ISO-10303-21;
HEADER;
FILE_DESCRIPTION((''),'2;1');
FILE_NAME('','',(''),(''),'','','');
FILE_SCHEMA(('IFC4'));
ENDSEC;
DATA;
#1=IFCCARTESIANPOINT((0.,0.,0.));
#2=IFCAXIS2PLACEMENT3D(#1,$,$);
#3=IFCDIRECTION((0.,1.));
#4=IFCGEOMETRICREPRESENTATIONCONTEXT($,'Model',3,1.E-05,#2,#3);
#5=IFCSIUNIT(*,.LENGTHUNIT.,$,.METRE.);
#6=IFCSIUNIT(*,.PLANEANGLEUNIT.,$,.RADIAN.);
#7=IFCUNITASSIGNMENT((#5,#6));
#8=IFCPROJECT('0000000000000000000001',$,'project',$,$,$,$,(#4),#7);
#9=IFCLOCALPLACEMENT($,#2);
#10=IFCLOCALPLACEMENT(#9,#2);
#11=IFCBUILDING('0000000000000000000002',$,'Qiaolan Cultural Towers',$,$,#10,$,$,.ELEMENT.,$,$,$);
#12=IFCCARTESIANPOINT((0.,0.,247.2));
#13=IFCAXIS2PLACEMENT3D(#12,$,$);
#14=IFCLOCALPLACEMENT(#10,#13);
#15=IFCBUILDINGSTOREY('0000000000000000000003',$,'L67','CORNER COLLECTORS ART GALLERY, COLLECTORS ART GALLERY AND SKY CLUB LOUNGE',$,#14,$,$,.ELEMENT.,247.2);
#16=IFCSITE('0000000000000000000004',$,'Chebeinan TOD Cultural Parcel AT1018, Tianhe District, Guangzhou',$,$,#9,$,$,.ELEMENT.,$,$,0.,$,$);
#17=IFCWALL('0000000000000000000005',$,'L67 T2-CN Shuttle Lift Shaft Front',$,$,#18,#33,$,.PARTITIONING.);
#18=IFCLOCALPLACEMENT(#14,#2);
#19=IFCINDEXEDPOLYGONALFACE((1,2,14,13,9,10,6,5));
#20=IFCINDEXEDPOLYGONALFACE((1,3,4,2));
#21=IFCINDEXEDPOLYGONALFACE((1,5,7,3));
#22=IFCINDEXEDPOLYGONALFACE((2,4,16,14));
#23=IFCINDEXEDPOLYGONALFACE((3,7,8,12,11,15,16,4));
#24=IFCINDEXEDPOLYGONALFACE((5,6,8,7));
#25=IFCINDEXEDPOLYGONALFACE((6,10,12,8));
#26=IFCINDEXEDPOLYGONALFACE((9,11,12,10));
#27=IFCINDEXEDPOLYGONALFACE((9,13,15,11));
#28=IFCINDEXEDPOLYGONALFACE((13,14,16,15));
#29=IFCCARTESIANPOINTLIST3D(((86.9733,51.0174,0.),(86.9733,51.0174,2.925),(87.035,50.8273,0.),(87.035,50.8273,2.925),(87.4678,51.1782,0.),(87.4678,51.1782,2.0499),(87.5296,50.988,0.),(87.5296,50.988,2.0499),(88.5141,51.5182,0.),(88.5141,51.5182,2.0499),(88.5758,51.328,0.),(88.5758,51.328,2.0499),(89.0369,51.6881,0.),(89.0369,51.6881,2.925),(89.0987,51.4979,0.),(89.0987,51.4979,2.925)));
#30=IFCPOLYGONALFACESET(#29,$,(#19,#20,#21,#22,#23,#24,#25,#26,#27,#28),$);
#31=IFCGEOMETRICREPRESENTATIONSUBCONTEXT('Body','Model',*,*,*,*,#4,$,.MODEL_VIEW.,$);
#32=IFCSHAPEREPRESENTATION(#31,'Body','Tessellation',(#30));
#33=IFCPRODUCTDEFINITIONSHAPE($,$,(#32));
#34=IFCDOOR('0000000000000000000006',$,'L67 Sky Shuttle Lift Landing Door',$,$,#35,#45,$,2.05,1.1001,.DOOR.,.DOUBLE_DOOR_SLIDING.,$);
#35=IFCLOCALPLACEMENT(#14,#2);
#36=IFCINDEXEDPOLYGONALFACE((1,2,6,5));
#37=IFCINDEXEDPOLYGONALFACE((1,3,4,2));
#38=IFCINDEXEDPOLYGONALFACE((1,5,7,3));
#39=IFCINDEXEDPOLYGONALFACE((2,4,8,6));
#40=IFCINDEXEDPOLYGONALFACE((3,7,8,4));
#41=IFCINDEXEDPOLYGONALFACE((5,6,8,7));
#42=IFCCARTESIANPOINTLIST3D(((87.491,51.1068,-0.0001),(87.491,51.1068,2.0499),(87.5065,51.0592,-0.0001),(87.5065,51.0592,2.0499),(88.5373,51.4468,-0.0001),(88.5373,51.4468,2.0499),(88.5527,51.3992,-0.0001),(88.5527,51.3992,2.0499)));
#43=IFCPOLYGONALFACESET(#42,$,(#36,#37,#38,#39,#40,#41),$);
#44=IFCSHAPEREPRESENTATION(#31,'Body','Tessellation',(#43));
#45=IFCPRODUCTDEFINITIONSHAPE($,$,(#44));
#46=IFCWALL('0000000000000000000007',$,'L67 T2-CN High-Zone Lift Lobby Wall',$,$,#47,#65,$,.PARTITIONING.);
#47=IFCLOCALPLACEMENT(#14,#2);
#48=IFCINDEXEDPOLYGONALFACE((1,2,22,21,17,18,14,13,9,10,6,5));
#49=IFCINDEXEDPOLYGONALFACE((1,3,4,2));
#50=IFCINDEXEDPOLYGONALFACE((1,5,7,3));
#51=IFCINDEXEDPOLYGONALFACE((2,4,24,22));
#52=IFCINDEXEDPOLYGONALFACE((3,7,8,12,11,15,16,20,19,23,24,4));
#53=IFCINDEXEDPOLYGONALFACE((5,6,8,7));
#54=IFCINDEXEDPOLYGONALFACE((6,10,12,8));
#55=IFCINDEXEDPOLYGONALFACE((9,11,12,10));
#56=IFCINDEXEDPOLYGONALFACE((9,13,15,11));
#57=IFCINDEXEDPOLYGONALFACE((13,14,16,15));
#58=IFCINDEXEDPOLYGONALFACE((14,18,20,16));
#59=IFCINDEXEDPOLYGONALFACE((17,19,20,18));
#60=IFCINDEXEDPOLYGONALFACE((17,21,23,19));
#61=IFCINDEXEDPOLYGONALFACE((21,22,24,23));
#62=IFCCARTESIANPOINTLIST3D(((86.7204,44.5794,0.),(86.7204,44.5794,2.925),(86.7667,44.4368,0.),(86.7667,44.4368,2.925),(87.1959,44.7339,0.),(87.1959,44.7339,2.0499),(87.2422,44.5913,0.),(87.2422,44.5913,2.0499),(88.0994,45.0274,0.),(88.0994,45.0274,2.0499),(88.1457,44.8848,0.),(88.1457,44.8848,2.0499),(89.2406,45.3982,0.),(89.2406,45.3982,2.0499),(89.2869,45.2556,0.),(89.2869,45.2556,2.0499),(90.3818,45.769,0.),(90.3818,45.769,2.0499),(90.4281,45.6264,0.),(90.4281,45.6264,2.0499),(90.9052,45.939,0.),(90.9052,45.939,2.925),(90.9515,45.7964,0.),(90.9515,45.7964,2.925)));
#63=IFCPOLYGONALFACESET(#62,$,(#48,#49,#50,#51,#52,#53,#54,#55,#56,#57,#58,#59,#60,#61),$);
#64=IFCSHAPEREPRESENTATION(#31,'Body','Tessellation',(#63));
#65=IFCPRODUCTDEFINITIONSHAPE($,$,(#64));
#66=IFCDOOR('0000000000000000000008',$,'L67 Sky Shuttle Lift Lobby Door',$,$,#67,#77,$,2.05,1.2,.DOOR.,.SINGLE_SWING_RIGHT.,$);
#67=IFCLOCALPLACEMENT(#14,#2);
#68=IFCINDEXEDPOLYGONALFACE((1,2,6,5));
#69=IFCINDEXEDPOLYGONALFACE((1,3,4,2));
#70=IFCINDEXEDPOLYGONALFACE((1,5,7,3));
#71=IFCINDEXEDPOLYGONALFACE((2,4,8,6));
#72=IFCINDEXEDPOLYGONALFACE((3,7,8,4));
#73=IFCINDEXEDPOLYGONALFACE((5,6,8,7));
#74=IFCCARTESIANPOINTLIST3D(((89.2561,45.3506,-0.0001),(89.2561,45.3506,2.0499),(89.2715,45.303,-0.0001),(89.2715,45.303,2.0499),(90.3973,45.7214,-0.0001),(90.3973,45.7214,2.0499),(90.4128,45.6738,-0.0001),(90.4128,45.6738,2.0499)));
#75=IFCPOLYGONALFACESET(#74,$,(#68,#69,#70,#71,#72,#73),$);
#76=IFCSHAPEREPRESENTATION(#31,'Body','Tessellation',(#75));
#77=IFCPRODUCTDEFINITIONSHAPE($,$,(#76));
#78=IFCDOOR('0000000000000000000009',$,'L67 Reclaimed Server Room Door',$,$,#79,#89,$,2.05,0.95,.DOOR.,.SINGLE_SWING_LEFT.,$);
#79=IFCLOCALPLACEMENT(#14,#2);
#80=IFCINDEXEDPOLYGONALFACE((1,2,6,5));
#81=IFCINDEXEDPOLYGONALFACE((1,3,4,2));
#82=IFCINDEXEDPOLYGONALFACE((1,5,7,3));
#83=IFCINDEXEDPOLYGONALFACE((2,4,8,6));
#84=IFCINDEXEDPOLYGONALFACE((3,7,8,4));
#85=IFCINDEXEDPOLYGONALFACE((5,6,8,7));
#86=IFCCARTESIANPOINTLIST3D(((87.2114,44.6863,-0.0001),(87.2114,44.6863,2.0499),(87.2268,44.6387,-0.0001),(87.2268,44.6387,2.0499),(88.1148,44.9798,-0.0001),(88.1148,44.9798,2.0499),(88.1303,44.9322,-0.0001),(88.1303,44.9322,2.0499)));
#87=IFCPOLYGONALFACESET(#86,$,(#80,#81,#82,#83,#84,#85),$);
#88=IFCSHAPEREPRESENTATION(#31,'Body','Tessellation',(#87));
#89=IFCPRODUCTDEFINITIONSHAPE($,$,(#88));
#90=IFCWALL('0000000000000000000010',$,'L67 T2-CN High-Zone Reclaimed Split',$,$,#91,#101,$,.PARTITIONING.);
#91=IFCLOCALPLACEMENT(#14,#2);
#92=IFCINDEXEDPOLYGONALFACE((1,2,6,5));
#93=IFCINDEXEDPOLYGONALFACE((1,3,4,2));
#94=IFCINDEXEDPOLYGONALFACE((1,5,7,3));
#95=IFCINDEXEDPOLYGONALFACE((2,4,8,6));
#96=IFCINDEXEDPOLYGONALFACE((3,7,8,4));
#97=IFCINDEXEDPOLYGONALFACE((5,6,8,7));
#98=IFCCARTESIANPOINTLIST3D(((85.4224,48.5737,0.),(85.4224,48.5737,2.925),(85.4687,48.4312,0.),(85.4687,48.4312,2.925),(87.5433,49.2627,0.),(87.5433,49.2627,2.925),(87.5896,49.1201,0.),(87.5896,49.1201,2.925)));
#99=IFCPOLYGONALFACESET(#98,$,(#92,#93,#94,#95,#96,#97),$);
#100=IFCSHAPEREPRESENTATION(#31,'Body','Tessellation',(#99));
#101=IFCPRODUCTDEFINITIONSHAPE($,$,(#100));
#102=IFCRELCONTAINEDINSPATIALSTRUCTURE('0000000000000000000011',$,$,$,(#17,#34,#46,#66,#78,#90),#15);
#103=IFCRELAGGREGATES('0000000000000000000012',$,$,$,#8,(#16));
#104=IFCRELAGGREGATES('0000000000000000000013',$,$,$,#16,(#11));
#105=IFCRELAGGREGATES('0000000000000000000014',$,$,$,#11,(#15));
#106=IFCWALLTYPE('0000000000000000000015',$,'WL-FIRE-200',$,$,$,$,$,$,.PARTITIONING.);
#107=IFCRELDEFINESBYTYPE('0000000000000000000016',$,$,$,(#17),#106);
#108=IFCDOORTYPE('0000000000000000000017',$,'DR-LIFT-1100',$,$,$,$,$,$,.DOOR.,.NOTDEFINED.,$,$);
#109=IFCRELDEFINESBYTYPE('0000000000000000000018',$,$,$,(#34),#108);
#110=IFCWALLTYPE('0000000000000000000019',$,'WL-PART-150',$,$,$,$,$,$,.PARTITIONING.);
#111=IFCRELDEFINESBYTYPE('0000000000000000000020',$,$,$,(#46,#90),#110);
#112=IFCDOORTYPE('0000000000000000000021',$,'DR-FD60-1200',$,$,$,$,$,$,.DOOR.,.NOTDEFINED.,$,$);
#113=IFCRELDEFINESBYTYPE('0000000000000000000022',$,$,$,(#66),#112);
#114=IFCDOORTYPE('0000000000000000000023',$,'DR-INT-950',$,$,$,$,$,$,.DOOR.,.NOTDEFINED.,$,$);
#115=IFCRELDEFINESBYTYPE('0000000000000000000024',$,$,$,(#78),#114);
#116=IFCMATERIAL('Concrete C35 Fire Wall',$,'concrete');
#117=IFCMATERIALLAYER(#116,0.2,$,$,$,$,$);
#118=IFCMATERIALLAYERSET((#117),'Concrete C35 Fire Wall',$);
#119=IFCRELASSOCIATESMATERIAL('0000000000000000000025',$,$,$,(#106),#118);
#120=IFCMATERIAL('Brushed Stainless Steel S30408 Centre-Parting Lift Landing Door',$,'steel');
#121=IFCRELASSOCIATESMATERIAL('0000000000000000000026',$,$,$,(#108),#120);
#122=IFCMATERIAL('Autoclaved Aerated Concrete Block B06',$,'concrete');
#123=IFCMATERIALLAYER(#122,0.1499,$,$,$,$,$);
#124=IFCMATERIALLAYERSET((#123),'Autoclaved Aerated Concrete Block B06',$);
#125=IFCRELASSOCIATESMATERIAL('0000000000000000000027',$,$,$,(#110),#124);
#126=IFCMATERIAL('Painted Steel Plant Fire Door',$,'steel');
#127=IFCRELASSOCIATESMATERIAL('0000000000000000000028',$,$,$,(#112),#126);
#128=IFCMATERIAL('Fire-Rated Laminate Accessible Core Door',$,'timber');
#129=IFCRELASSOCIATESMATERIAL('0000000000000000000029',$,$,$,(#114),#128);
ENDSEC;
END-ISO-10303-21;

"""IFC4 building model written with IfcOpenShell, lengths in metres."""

from ifc_helpers import new_model, si_unit, direction, frame, frame_2d, origin, place, context, subcontext, project, spatial, rectangle, extrude, material, layer, layer_set, type_object, element, fill, save


model = new_model("IFC4")

# Units and contexts
model_context = context("Model", 3, precision=1e-05, world=origin(), true_north=direction((0.0, 1.0)))
body_context = subcontext(model_context, "Body", "Model", "MODEL_VIEW")
ifc_project = project(units=[si_unit("LENGTHUNIT", "METRE"), si_unit("PLANEANGLEUNIT", "RADIAN")], contexts=[model_context])

# Site, building, storey
site_placement = place(None, origin())
site = spatial("IfcSite", under=ifc_project, at=site_placement, Name="Chebeinan TOD Cultural Parcel AT1018, Tianhe District, Guangzhou", CompositionType="ELEMENT", RefElevation=0.0)
building_placement = place(site_placement, origin())
building = spatial("IfcBuilding", under=site, at=building_placement, Name="Qiaolan Cultural Towers", CompositionType="ELEMENT")
storey_placement = place(building_placement, frame((0.0, 0.0, 247.2)))
storey = spatial("IfcBuildingStorey", under=building, at=storey_placement, Name="L67", Description="CORNER COLLECTORS ART GALLERY, COLLECTORS ART GALLERY AND SKY CLUB LOUNGE", CompositionType="ELEMENT", Elevation=247.2)

# Shared definitions
ifc_material_1 = material(Name="Concrete C35 Fire Wall", Category="concrete")
ifc_layer_1 = layer(ifc_material_1, 0.2)
ifc_layer_set_1 = layer_set([ifc_layer_1], Name="Concrete C35 Fire Wall")
wall_type_1 = type_object("IfcWallType", Name="WL-FIRE-200", PredefinedType="PARTITIONING", material=ifc_layer_set_1)

# Shared definitions
ifc_material_2 = material(Name="Brushed Stainless Steel S30408 Centre-Parting Lift Landing Door", Category="steel")
door_type_1 = type_object("IfcDoorType", Name="DR-LIFT-1100", OperationType="NOTDEFINED", PredefinedType="DOOR", material=ifc_material_2)

# Wall, opening, door
wall_1_placement = place(storey_placement, frame((87.0042, 50.9224, 0.0), z_axis=(0.0, 0.0, 1.0), x_axis=(0.951042, 0.309063, 0.0)))
wall_1 = element("IfcWall", 1, at=wall_1_placement, inside=storey, type_object=wall_type_1, Name="L67 T2-CN Shuttle Lift Shaft Front", PredefinedType="PARTITIONING", context=body_context, shape_type="SweptSolid", body=[
    extrude(rectangle(XDim=2.1699, YDim=0.2, at=frame_2d((1.085, 0.0))), origin(), (0.0, 0.0, 1.0), 2.925),
])
opening_1_placement = place(wall_1_placement, frame((0.52, 0.0, 0.0)))
opening_1 = element("IfcOpeningElement", 2, at=opening_1_placement, cuts=wall_1, PredefinedType="OPENING", context=body_context, shape_type="SweptSolid", body=[
    extrude(rectangle(XDim=1.1001, YDim=2.05, at=frame_2d((0.55, 1.0249))), frame((0.0, 0.1099, 0.0), z_axis=(0.0, -1.0, 0.0), x_axis=(1.0, 0.0, 0.0)), (0.0, 0.0, 1.0), 0.22),
])
door_1_placement = place(opening_1_placement, origin())
door_1 = element("IfcDoor", 3, at=door_1_placement, inside=storey, type_object=door_type_1, Name="L67 Sky Shuttle Lift Landing Door", OperationType="DOUBLE_DOOR_SLIDING", OverallHeight=2.05, OverallWidth=1.1001, PredefinedType="DOOR", context=body_context, shape_type="SweptSolid", body=[
    extrude(rectangle(XDim=1.1001, YDim=2.05, at=frame_2d((0.55, 1.0249))), frame((0.0, 0.0249, 0.0), z_axis=(0.0, -1.0, 0.0), x_axis=(1.0, 0.0, 0.0)), (0.0, 0.0, 1.0), 0.05),
])
fill(opening_1, door_1)

# Wall, openings, doors
ifc_material_3 = material(Name="Autoclaved Aerated Concrete Block B06", Category="concrete")
ifc_layer_2 = layer(ifc_material_3, 0.1499)
ifc_layer_set_2 = layer_set([ifc_layer_2], Name="Autoclaved Aerated Concrete Block B06")
wall_type_2 = type_object("IfcWallType", Name="WL-PART-150", PredefinedType="PARTITIONING", material=ifc_layer_set_2)
wall_2_placement = place(storey_placement, frame((86.7434, 44.5081, 0.0), z_axis=(0.0, 0.0, 1.0), x_axis=(0.951064, 0.308994, 0.0)))
wall_2 = element("IfcWall", 4, at=wall_2_placement, inside=storey, type_object=wall_type_2, Name="L67 T2-CN High-Zone Lift Lobby Wall", PredefinedType="PARTITIONING", context=body_context, shape_type="SweptSolid", body=[
    extrude(rectangle(XDim=4.4001, YDim=0.1499, at=frame_2d((2.2002, 0.0))), origin(), (0.0, 0.0, 1.0), 2.925),
])
opening_2_placement = place(wall_2_placement, frame((0.5, 0.0, 0.0)))
opening_2 = element("IfcOpeningElement", 5, at=opening_2_placement, cuts=wall_2, PredefinedType="OPENING", context=body_context, shape_type="SweptSolid", body=[
    extrude(rectangle(XDim=0.95, YDim=2.05, at=frame_2d((0.4751, 1.0249))), frame((0.0, 0.085, 0.0), z_axis=(0.0, -1.0, 0.0), x_axis=(1.0, 0.0, 0.0)), (0.0, 0.0, 1.0), 0.1699),
])
opening_3_placement = place(wall_2_placement, frame((2.6499, 0.0, 0.0)))
opening_3 = element("IfcOpeningElement", 6, at=opening_3_placement, cuts=wall_2, PredefinedType="OPENING", context=body_context, shape_type="SweptSolid", body=[
    extrude(rectangle(XDim=1.2, YDim=2.05, at=frame_2d((0.6001, 1.0249))), frame((0.0, 0.085, 0.0), z_axis=(0.0, -1.0, 0.0), x_axis=(1.0, 0.0, 0.0)), (0.0, 0.0, 1.0), 0.1699),
])
ifc_material_4 = material(Name="Painted Steel Plant Fire Door", Category="steel")
door_type_2 = type_object("IfcDoorType", Name="DR-FD60-1200", OperationType="NOTDEFINED", PredefinedType="DOOR", material=ifc_material_4)
door_2_placement = place(opening_3_placement, origin())
door_2 = element("IfcDoor", 7, at=door_2_placement, inside=storey, type_object=door_type_2, Name="L67 Sky Shuttle Lift Lobby Door", OperationType="SINGLE_SWING_RIGHT", OverallHeight=2.05, OverallWidth=1.2, PredefinedType="DOOR", context=body_context, shape_type="SweptSolid", body=[
    extrude(rectangle(XDim=1.2, YDim=2.05, at=frame_2d((0.6001, 1.0249))), frame((0.0, 0.0249, 0.0), z_axis=(0.0, -1.0, 0.0), x_axis=(1.0, 0.0, 0.0)), (0.0, 0.0, 1.0), 0.05),
])
fill(opening_3, door_2)
ifc_material_5 = material(Name="Fire-Rated Laminate Accessible Core Door", Category="timber")
door_type_3 = type_object("IfcDoorType", Name="DR-INT-950", OperationType="NOTDEFINED", PredefinedType="DOOR", material=ifc_material_5)
door_3_placement = place(opening_2_placement, origin())
door_3 = element("IfcDoor", 8, at=door_3_placement, inside=storey, type_object=door_type_3, Name="L67 Reclaimed Server Room Door", OperationType="SINGLE_SWING_LEFT", OverallHeight=2.05, OverallWidth=0.95, PredefinedType="DOOR", context=body_context, shape_type="SweptSolid", body=[
    extrude(rectangle(XDim=0.95, YDim=2.05, at=frame_2d((0.4751, 1.0249))), frame((0.0, 0.0249, 0.0), z_axis=(0.0, -1.0, 0.0), x_axis=(1.0, 0.0, 0.0)), (0.0, 0.0, 1.0), 0.05),
])
fill(opening_2, door_3)

# Wall
wall_3_placement = place(storey_placement, frame((85.4456, 48.5024, 0.0), z_axis=(0.0, 0.0, 1.0), x_axis=(0.951075, 0.30896, 0.0)))
element("IfcWall", 9, at=wall_3_placement, inside=storey, type_object=wall_type_2, Name="L67 T2-CN High-Zone Reclaimed Split", PredefinedType="PARTITIONING", context=body_context, shape_type="SweptSolid", body=[
    extrude(rectangle(XDim=2.23, YDim=0.1499, at=frame_2d((1.115, 0.0))), origin(), (0.0, 0.0, 1.0), 2.925),
])

save(model, "model.ifc")
